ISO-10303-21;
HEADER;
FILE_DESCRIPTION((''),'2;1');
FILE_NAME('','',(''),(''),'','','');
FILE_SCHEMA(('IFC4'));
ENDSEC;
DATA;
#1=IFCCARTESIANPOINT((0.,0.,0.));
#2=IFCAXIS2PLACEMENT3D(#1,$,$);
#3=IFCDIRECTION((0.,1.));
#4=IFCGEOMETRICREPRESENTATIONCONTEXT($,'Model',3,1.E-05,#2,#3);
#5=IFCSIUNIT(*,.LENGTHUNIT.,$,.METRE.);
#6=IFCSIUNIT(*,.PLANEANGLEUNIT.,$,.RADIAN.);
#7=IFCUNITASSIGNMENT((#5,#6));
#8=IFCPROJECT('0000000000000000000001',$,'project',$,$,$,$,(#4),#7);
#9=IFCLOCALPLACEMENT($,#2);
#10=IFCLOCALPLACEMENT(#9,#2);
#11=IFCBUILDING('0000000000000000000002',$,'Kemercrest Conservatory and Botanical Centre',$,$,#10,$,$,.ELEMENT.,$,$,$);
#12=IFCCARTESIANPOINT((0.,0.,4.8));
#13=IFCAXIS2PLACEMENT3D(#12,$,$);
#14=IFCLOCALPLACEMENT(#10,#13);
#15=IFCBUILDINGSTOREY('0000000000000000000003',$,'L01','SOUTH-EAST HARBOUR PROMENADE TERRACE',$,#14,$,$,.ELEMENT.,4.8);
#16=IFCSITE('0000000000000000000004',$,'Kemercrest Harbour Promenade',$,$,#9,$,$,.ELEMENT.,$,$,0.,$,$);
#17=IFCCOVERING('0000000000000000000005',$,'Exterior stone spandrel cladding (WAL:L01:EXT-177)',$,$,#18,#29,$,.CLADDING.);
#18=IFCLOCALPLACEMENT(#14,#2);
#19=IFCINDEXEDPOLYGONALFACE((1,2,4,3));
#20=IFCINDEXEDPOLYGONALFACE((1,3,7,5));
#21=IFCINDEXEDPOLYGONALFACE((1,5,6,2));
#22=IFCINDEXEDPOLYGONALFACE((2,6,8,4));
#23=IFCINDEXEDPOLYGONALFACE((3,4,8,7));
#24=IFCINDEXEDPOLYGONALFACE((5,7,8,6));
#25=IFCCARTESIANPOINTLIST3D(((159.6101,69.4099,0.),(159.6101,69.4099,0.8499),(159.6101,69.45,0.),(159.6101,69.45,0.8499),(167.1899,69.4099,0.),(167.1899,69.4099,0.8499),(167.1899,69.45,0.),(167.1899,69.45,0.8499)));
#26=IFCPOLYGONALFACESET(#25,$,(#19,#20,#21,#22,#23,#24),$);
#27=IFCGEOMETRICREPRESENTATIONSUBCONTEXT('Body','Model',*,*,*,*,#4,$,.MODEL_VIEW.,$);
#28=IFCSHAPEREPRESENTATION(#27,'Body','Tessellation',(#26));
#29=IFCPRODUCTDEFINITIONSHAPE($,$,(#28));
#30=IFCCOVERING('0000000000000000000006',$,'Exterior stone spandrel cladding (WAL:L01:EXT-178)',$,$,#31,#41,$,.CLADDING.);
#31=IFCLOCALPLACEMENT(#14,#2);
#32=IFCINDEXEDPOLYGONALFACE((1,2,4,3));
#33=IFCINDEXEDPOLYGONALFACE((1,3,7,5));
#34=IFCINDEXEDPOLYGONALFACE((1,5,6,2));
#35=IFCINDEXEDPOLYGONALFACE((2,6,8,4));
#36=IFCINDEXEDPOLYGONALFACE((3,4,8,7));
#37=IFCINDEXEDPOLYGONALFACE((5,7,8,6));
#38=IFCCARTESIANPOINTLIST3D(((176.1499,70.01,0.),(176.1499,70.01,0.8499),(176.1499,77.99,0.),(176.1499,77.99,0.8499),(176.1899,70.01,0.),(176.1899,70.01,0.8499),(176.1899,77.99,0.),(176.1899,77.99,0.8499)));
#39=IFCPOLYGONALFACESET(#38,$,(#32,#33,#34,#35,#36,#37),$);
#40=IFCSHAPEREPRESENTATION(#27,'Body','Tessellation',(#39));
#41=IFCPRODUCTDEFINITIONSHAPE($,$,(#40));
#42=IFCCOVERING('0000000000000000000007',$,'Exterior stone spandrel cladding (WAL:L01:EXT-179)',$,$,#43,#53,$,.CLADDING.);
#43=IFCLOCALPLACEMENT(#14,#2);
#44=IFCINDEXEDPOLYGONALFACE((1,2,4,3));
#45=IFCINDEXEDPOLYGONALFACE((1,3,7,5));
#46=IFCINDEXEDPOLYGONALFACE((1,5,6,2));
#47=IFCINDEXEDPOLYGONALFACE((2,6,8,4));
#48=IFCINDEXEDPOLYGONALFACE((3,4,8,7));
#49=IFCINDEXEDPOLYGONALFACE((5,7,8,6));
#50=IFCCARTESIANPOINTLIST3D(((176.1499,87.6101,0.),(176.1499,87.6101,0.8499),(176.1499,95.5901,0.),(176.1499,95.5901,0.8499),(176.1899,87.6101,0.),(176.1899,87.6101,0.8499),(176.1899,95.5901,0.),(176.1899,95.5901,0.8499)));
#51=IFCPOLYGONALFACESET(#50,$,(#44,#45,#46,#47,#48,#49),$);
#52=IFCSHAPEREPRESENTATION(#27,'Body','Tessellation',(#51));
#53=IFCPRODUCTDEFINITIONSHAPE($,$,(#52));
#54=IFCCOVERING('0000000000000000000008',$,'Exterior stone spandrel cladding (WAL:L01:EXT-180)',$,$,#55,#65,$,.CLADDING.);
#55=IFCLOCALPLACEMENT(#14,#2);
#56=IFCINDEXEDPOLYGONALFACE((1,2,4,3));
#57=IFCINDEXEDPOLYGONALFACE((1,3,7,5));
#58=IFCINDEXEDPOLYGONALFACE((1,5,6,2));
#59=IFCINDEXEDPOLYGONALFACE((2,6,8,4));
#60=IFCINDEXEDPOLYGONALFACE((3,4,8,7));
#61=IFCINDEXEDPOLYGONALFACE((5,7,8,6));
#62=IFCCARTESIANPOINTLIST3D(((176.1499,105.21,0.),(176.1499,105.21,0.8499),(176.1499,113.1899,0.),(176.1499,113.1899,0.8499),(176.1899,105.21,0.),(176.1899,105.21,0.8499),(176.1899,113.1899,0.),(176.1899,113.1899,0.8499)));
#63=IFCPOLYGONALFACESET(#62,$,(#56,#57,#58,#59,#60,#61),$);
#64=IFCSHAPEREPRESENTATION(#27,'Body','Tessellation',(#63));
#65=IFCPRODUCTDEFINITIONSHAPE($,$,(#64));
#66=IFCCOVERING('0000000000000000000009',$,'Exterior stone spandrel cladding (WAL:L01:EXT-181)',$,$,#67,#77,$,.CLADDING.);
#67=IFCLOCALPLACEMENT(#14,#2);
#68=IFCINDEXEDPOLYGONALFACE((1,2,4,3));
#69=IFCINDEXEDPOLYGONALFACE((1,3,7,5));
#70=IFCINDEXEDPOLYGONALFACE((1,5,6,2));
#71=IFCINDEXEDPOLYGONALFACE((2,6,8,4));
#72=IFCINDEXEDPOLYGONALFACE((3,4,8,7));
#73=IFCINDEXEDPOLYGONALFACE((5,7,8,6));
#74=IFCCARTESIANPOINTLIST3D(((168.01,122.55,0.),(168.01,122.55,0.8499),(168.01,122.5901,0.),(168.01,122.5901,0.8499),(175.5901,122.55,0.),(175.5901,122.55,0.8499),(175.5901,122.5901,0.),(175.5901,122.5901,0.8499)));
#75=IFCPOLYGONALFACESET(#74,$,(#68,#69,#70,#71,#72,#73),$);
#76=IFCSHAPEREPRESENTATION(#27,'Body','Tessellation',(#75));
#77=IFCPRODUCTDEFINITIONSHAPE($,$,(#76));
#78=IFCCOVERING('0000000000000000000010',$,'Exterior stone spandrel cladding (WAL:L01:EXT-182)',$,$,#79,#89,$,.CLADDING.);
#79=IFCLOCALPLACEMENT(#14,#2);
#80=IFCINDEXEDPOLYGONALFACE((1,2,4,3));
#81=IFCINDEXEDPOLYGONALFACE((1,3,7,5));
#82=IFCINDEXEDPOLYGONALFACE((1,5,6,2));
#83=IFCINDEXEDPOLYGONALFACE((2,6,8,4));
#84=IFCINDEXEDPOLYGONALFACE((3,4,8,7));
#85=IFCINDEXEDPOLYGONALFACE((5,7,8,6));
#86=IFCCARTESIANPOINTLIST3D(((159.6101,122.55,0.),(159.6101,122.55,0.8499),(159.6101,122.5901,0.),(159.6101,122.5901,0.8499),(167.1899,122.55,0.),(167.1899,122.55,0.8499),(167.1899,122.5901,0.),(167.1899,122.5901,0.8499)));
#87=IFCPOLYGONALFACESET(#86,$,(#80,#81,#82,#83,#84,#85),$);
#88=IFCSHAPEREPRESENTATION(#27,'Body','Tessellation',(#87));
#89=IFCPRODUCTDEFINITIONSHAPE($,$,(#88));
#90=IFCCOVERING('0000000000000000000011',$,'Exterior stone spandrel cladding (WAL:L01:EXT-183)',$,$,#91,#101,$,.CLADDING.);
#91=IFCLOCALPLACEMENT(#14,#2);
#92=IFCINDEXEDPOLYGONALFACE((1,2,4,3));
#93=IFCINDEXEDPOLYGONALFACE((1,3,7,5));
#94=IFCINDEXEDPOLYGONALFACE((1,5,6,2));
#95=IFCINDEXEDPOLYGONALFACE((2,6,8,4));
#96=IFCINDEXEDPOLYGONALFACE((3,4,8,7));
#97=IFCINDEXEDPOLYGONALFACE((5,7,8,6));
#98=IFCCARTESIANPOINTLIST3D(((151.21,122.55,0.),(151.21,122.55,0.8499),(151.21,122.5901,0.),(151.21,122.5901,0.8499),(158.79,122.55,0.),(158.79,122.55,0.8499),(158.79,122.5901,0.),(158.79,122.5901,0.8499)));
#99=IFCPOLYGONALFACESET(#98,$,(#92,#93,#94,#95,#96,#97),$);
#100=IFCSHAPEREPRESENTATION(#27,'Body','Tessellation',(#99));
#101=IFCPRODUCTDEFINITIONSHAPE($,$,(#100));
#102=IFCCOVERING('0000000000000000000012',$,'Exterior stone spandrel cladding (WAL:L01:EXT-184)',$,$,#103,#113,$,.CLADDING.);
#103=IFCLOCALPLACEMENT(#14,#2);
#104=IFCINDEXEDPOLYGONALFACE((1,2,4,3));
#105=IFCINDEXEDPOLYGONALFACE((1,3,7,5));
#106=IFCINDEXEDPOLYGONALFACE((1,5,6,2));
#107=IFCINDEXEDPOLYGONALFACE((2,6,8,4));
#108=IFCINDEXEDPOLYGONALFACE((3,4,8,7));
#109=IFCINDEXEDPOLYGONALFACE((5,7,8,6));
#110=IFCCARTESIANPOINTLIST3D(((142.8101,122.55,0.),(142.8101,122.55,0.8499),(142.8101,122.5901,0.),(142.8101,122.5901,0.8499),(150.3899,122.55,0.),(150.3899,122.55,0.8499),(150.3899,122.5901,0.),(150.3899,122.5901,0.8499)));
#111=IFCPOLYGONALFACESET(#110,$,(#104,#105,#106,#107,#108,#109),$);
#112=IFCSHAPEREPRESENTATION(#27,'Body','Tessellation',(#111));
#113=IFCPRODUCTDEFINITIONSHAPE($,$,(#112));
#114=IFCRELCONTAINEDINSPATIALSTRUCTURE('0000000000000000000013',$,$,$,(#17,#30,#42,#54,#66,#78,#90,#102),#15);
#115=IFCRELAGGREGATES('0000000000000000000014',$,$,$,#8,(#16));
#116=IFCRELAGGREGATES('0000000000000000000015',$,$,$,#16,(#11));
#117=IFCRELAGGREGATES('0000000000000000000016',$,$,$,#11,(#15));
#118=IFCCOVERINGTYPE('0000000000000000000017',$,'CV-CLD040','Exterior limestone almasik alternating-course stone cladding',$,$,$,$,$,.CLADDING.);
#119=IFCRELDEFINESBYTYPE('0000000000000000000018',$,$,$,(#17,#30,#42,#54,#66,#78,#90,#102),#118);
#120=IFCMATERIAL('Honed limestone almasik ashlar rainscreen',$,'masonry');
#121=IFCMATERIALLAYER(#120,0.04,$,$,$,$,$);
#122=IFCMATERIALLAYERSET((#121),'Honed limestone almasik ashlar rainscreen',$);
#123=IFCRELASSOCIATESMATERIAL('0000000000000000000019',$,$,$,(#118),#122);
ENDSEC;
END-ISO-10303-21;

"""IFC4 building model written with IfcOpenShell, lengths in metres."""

from ifc_helpers import new_model, si_unit, direction, frame, origin, place, context, subcontext, project, spatial, polyline, outline, extrude, material, layer, layer_set, type_object, element, save


model = new_model("IFC4")

# Units and contexts
model_context = context("Model", 3, precision=1e-05, world=origin(), true_north=direction((0.0, 1.0)))
body_context = subcontext(model_context, "Body", "Model", "MODEL_VIEW")
ifc_project = project(units=[si_unit("LENGTHUNIT", "METRE"), si_unit("PLANEANGLEUNIT", "RADIAN")], contexts=[model_context])

# Site, building, storey
site_placement = place(None, origin())
site = spatial("IfcSite", under=ifc_project, at=site_placement, Name="Kemercrest Harbour Promenade", CompositionType="ELEMENT", RefElevation=0.0)
building_placement = place(site_placement, origin())
building = spatial("IfcBuilding", under=site, at=building_placement, Name="Kemercrest Conservatory and Botanical Centre", CompositionType="ELEMENT")
storey_placement = place(building_placement, frame((0.0, 0.0, 4.8)))
storey = spatial("IfcBuildingStorey", under=building, at=storey_placement, Name="L01", Description="SOUTH-EAST HARBOUR PROMENADE TERRACE", CompositionType="ELEMENT", Elevation=4.8)

# Coverings
ifc_material = material(Name="Honed limestone almasik ashlar rainscreen", Category="masonry")
ifc_layer = layer(ifc_material, 0.04)
ifc_layer_set = layer_set([ifc_layer], Name="Honed limestone almasik ashlar rainscreen")
covering_type = type_object("IfcCoveringType", Name="CV-CLD040", Description="Exterior limestone almasik alternating-course stone cladding", PredefinedType="CLADDING", material=ifc_layer_set)
covering_1_placement = place(storey_placement, origin())
element("IfcCovering", 1, at=covering_1_placement, inside=storey, type_object=covering_type, Name="Exterior stone spandrel cladding (WAL:L01:EXT-177)", PredefinedType="CLADDING", context=body_context, shape_type="SweptSolid", body=[
    extrude(outline(polyline([(159.6101, 69.45), (159.6101, 69.4099), (167.1899, 69.4099), (167.1899, 69.45), (159.6101, 69.45)])), origin(), (0.0, 0.0, 1.0), 0.8499),
])
covering_2_placement = place(storey_placement, origin())
element("IfcCovering", 2, at=covering_2_placement, inside=storey, type_object=covering_type, Name="Exterior stone spandrel cladding (WAL:L01:EXT-178)", PredefinedType="CLADDING", context=body_context, shape_type="SweptSolid", body=[
    extrude(outline(polyline([(176.1499, 70.01), (176.1899, 70.01), (176.1899, 77.99), (176.1499, 77.99), (176.1499, 70.01)])), origin(), (0.0, 0.0, 1.0), 0.8499),
])
covering_3_placement = place(storey_placement, origin())
element("IfcCovering", 3, at=covering_3_placement, inside=storey, type_object=covering_type, Name="Exterior stone spandrel cladding (WAL:L01:EXT-179)", PredefinedType="CLADDING", context=body_context, shape_type="SweptSolid", body=[
    extrude(outline(polyline([(176.1499, 87.6101), (176.1899, 87.6101), (176.1899, 95.5901), (176.1499, 95.5901), (176.1499, 87.6101)])), origin(), (0.0, 0.0, 1.0), 0.8499),
])
covering_4_placement = place(storey_placement, origin())
element("IfcCovering", 4, at=covering_4_placement, inside=storey, type_object=covering_type, Name="Exterior stone spandrel cladding (WAL:L01:EXT-180)", PredefinedType="CLADDING", context=body_context, shape_type="SweptSolid", body=[
    extrude(outline(polyline([(176.1499, 105.21), (176.1899, 105.21), (176.1899, 113.1899), (176.1499, 113.1899), (176.1499, 105.21)])), origin(), (0.0, 0.0, 1.0), 0.8499),
])
covering_5_placement = place(storey_placement, origin())
element("IfcCovering", 5, at=covering_5_placement, inside=storey, type_object=covering_type, Name="Exterior stone spandrel cladding (WAL:L01:EXT-181)", PredefinedType="CLADDING", context=body_context, shape_type="SweptSolid", body=[
    extrude(outline(polyline([(175.5901, 122.55), (175.5901, 122.5901), (168.01, 122.5901), (168.01, 122.55), (175.5901, 122.55)])), origin(), (0.0, 0.0, 1.0), 0.8499),
])
covering_6_placement = place(storey_placement, origin())
element("IfcCovering", 6, at=covering_6_placement, inside=storey, type_object=covering_type, Name="Exterior stone spandrel cladding (WAL:L01:EXT-182)", PredefinedType="CLADDING", context=body_context, shape_type="SweptSolid", body=[
    extrude(outline(polyline([(167.1899, 122.55), (167.1899, 122.5901), (159.6101, 122.5901), (159.6101, 122.55), (167.1899, 122.55)])), origin(), (0.0, 0.0, 1.0), 0.8499),
])
covering_7_placement = place(storey_placement, origin())
element("IfcCovering", 7, at=covering_7_placement, inside=storey, type_object=covering_type, Name="Exterior stone spandrel cladding (WAL:L01:EXT-183)", PredefinedType="CLADDING", context=body_context, shape_type="SweptSolid", body=[
    extrude(outline(polyline([(158.79, 122.55), (158.79, 122.5901), (151.21, 122.5901), (151.21, 122.55), (158.79, 122.55)])), origin(), (0.0, 0.0, 1.0), 0.8499),
])
covering_8_placement = place(storey_placement, origin())
element("IfcCovering", 8, at=covering_8_placement, inside=storey, type_object=covering_type, Name="Exterior stone spandrel cladding (WAL:L01:EXT-184)", PredefinedType="CLADDING", context=body_context, shape_type="SweptSolid", body=[
    extrude(outline(polyline([(150.3899, 122.55), (150.3899, 122.5901), (142.8101, 122.5901), (142.8101, 122.55), (150.3899, 122.55)])), origin(), (0.0, 0.0, 1.0), 0.8499),
])

save(model, "model.ifc")
